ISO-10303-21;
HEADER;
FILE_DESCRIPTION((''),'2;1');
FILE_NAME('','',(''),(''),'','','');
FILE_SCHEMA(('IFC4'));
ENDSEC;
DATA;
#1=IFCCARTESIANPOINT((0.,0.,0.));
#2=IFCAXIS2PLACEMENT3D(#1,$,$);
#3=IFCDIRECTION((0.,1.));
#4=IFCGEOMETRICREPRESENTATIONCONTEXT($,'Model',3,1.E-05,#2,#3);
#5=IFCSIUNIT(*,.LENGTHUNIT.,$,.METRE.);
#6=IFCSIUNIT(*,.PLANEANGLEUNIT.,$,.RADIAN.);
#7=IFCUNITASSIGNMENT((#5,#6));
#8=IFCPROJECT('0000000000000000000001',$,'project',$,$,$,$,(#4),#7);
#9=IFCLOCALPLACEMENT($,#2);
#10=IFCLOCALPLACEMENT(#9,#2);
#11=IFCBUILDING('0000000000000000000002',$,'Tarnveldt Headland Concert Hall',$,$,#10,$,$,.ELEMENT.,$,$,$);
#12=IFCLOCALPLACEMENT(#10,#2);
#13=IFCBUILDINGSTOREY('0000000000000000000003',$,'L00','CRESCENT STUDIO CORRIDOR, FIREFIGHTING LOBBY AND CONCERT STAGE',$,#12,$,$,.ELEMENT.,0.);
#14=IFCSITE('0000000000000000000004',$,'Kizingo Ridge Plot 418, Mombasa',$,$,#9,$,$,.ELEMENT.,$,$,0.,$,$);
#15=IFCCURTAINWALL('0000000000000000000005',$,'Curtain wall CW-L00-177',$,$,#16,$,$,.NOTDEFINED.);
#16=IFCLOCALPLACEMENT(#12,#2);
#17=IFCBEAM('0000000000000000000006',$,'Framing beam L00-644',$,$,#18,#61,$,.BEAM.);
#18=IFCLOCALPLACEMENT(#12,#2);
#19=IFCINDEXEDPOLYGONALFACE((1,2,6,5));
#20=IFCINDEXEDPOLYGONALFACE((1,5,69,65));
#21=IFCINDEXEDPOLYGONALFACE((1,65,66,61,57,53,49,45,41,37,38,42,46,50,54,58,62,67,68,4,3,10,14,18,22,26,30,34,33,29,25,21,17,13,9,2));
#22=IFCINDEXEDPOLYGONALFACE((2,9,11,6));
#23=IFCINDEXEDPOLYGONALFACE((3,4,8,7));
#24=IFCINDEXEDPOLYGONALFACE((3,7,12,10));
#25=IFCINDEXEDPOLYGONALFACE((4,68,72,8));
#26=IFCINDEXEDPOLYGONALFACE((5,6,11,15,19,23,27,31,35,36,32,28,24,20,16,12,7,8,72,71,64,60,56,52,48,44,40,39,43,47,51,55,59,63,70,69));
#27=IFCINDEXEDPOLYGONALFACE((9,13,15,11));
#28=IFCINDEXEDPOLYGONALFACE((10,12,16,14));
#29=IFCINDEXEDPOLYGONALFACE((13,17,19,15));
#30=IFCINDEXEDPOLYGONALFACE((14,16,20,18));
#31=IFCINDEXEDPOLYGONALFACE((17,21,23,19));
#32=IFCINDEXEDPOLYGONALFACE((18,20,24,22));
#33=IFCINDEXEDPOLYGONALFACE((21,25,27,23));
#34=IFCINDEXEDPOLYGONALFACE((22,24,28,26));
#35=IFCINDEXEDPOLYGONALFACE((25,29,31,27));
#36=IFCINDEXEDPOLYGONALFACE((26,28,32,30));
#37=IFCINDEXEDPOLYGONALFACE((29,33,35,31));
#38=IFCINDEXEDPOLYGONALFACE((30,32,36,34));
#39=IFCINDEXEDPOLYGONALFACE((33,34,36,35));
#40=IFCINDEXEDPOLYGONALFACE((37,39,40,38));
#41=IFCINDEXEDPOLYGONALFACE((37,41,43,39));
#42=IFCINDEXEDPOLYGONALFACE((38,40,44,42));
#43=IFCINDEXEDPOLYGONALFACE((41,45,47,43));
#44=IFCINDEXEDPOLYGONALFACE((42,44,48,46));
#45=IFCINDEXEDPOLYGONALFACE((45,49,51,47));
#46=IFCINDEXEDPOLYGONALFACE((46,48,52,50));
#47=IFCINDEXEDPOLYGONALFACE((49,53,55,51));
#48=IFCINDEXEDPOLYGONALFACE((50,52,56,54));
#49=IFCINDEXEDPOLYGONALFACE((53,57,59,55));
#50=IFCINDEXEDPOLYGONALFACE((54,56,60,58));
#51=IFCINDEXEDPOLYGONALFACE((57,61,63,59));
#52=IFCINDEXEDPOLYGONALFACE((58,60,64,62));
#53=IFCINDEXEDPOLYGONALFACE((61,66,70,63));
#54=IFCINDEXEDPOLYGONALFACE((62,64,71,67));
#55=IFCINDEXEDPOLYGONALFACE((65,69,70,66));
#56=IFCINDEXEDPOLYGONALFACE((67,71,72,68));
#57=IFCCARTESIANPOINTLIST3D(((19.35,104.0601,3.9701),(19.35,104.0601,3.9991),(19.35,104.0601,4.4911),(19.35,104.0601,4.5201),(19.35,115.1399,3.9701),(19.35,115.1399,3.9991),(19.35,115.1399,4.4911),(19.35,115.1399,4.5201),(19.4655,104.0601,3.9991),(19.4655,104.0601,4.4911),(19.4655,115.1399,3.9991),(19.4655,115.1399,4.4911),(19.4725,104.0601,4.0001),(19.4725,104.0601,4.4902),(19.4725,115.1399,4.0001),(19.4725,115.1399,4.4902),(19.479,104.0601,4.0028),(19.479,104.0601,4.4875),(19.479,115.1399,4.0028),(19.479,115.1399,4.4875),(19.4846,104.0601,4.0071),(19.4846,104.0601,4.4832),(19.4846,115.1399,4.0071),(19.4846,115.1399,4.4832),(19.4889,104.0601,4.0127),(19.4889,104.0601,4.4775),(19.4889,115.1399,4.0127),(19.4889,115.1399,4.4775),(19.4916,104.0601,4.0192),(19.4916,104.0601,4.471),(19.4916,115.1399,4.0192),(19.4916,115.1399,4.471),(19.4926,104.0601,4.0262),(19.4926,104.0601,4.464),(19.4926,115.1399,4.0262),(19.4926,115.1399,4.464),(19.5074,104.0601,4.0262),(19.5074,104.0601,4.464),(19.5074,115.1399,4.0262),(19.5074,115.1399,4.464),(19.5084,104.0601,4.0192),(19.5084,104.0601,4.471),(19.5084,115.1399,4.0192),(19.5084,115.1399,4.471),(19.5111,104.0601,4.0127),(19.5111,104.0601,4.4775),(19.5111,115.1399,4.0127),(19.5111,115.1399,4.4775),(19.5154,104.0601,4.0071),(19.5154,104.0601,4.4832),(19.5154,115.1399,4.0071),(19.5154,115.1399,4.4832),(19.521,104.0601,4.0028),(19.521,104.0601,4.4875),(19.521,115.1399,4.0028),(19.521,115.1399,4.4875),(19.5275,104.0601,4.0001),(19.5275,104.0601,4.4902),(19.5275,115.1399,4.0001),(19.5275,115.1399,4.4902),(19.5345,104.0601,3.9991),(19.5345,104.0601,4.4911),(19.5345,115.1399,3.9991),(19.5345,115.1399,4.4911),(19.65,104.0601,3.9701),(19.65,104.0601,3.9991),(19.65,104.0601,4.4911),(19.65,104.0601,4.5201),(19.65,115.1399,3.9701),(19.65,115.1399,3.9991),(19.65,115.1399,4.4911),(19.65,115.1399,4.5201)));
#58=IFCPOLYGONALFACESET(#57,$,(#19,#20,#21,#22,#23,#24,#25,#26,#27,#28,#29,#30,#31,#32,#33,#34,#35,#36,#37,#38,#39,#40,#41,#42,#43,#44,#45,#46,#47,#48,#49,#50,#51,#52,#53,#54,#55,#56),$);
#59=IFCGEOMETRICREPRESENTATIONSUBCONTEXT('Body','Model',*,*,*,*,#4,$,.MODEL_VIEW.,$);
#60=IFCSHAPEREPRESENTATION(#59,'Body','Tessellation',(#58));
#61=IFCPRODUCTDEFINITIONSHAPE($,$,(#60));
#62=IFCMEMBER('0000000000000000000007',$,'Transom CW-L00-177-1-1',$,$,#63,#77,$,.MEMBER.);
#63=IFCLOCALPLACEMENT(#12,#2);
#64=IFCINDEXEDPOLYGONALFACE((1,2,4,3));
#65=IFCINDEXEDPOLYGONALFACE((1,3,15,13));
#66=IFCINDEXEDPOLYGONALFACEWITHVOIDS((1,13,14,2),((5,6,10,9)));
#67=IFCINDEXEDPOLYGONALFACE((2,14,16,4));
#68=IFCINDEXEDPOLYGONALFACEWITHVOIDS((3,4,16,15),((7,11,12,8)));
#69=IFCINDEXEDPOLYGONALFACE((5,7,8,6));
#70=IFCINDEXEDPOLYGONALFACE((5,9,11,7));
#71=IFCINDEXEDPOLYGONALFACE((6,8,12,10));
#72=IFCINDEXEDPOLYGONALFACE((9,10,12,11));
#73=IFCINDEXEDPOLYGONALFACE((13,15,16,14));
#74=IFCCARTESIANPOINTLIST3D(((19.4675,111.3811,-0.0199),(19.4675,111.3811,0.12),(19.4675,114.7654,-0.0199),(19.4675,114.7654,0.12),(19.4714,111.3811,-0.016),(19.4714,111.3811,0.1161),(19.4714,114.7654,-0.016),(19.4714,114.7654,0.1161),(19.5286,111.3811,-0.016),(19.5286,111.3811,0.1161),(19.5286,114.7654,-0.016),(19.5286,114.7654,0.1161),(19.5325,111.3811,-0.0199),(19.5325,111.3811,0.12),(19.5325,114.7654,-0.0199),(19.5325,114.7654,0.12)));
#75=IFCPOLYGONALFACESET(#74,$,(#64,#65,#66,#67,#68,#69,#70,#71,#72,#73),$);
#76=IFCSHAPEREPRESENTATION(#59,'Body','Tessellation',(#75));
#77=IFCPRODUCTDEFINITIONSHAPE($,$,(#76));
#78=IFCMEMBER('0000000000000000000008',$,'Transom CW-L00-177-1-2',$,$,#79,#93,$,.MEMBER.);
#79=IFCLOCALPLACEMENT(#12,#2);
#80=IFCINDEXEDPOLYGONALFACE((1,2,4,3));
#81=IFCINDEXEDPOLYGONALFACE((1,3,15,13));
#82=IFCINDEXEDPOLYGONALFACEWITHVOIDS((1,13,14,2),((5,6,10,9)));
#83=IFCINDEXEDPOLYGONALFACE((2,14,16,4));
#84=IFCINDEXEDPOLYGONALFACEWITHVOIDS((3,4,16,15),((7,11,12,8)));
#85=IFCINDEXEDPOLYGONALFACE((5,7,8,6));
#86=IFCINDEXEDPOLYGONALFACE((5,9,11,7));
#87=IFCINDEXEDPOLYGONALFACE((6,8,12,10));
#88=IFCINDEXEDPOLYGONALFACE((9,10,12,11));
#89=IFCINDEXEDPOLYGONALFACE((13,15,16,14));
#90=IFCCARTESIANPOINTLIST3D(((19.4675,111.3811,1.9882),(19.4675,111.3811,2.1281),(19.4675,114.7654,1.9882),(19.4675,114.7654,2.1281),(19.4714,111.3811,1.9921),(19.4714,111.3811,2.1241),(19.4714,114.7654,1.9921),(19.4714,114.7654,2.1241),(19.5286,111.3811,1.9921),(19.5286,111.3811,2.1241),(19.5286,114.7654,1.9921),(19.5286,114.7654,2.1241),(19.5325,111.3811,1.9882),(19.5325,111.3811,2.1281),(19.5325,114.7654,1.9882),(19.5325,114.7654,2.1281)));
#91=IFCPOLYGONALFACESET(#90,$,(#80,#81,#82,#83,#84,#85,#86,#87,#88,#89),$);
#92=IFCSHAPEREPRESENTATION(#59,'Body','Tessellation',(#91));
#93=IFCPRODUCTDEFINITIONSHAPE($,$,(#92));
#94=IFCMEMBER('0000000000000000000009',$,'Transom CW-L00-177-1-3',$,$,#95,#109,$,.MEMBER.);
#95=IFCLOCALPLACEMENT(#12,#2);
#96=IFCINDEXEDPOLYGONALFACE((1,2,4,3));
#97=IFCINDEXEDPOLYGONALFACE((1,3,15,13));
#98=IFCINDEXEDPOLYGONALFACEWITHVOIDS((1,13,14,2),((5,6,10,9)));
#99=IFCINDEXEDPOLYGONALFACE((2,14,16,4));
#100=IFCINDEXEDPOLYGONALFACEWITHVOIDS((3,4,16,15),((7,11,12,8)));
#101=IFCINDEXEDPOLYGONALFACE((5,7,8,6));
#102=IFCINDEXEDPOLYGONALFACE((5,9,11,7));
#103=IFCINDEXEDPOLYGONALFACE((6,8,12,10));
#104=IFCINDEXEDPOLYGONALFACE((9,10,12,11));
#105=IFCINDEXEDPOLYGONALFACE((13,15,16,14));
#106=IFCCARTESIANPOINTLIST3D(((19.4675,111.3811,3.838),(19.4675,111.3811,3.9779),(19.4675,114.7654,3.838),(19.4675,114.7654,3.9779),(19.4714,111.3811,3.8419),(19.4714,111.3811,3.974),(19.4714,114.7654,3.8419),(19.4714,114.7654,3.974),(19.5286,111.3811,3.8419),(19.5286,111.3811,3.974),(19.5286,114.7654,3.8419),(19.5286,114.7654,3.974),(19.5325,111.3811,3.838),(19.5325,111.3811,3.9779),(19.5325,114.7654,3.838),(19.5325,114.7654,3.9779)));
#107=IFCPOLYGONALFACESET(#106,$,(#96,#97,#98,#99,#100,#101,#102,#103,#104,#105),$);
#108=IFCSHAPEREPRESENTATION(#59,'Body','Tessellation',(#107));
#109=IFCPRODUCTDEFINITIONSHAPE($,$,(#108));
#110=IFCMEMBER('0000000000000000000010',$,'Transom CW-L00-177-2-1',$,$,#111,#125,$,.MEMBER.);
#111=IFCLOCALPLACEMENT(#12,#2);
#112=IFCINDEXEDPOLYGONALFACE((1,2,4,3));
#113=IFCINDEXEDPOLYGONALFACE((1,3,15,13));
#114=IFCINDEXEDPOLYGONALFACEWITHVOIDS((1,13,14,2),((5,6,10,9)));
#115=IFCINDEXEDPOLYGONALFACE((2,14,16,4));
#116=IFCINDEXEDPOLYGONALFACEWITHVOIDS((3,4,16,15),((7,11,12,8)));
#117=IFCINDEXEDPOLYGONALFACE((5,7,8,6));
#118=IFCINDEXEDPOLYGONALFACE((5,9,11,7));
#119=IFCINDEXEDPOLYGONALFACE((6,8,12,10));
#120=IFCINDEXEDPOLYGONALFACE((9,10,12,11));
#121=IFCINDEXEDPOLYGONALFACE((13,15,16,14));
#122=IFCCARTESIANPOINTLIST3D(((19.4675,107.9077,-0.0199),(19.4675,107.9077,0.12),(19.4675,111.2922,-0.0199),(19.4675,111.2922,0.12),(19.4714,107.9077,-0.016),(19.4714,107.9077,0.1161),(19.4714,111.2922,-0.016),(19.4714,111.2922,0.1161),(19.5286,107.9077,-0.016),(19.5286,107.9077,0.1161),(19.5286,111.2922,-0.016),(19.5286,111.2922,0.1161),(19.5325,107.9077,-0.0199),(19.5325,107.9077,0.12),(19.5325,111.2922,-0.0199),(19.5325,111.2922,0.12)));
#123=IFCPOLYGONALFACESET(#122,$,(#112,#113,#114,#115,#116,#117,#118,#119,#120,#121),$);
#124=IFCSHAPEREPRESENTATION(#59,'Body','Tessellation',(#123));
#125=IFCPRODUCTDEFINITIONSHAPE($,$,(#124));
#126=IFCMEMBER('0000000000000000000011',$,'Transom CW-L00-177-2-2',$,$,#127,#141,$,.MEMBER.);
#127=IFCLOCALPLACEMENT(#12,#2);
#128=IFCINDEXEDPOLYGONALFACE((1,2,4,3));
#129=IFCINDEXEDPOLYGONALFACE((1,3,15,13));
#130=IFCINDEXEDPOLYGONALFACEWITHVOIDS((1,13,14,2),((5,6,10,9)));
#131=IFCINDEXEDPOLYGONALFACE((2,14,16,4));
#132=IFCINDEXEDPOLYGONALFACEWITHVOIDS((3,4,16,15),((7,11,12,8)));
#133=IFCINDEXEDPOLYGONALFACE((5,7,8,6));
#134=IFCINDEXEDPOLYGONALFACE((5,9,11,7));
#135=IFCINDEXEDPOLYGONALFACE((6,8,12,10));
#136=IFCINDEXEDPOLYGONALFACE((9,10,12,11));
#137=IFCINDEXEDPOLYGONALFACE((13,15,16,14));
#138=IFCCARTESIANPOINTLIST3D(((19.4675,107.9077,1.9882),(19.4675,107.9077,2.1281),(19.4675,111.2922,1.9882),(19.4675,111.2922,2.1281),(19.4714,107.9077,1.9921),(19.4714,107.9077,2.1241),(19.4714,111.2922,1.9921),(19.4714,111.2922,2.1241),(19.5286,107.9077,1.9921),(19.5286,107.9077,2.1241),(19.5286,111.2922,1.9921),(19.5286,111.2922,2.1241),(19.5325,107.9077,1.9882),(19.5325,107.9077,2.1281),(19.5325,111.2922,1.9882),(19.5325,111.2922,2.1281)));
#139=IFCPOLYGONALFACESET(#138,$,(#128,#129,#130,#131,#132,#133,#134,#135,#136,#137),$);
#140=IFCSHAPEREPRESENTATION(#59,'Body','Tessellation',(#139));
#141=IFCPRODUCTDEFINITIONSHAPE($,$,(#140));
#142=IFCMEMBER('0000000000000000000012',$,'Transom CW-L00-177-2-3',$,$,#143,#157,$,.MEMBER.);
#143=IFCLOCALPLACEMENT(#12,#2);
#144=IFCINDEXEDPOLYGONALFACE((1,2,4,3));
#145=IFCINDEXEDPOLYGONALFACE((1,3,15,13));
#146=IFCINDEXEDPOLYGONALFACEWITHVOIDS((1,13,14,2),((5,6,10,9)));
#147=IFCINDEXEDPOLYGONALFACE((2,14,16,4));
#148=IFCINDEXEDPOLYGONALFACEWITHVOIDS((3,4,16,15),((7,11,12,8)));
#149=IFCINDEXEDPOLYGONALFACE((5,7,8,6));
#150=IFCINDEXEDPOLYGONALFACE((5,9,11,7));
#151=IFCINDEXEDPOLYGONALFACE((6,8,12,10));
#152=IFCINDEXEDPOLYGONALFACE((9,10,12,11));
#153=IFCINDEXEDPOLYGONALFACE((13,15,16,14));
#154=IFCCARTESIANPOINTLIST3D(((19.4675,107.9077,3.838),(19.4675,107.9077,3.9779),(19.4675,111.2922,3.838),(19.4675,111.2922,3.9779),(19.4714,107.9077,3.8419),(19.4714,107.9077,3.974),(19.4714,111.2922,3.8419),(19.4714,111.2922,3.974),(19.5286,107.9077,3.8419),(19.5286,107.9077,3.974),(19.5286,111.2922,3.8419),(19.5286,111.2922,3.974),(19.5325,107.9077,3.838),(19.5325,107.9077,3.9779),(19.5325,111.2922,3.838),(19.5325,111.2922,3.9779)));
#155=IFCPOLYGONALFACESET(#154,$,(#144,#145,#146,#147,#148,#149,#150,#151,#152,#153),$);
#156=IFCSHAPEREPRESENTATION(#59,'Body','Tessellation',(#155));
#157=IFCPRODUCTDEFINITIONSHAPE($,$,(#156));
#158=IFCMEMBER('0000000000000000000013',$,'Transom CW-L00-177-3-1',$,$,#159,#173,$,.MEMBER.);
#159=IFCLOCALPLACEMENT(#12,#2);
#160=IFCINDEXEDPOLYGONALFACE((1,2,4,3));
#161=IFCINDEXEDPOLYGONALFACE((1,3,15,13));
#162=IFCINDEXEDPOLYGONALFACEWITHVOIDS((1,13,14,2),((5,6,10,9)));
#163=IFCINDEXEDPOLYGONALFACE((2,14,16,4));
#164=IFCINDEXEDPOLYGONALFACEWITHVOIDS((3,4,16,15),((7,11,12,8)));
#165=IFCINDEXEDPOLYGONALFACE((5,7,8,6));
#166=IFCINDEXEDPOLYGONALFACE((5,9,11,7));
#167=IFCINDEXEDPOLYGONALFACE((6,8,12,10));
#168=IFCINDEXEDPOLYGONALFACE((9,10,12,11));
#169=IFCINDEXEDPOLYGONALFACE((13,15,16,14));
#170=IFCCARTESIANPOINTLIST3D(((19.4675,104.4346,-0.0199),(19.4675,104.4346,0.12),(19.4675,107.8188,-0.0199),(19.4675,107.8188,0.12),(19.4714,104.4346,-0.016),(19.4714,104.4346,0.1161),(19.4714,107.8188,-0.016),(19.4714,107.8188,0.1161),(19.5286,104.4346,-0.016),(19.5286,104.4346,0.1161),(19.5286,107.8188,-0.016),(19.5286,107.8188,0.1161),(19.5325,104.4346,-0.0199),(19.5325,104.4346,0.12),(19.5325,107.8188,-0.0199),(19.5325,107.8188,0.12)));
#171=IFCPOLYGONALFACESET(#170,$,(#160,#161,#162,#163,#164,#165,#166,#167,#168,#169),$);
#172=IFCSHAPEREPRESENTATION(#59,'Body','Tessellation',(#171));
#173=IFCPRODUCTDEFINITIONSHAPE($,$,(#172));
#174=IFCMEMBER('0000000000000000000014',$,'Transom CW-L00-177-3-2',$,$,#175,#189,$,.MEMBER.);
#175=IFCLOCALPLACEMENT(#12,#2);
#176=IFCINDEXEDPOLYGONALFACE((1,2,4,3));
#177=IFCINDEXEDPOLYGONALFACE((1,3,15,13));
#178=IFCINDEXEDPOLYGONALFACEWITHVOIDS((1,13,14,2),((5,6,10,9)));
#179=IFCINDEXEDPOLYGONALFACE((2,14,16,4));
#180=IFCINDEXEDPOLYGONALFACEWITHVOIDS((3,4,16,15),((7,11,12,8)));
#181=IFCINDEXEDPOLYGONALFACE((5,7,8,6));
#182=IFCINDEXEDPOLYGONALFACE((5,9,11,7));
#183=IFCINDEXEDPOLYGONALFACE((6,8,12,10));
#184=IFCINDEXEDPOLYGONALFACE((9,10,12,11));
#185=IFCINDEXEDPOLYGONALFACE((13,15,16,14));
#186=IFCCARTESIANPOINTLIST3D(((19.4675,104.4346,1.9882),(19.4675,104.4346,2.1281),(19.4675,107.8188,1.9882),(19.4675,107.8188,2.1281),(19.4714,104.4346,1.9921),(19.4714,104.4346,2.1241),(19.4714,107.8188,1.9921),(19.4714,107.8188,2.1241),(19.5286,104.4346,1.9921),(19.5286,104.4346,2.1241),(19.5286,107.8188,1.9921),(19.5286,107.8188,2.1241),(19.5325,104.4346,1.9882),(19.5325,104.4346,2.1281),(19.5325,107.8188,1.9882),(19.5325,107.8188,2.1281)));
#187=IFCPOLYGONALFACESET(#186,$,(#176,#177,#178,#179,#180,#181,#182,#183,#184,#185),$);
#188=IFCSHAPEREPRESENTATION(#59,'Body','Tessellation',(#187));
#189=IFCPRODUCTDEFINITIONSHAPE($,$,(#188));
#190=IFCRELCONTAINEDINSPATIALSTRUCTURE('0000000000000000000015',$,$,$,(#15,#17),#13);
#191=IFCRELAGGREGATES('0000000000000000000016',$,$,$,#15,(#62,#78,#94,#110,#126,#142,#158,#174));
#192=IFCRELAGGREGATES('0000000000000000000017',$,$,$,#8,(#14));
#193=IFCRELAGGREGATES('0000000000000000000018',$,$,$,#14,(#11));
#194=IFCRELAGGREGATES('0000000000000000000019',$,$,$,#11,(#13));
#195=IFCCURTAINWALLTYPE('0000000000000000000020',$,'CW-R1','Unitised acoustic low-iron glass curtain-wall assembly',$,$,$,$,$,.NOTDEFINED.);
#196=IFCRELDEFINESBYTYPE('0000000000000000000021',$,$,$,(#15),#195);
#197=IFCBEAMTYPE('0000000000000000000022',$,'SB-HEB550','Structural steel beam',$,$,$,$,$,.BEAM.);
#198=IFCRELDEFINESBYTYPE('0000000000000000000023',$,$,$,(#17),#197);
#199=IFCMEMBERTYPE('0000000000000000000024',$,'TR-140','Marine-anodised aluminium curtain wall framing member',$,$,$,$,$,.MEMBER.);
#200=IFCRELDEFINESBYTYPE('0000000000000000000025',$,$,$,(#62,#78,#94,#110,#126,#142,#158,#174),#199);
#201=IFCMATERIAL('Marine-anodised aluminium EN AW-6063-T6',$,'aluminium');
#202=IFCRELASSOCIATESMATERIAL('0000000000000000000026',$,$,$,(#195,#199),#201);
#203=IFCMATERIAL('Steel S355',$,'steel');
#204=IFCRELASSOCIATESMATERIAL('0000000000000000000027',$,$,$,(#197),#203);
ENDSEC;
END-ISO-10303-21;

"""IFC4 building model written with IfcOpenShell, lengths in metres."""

from ifc_helpers import new_model, si_unit, direction, frame, origin, origin_2d, place, context, subcontext, project, spatial, hollow_rectangle, i_section, extrude, material, material_profile, profile_set, type_object, element, aggregate, save


model = new_model("IFC4")

# Units and contexts
model_context = context("Model", 3, precision=1e-05, world=origin(), true_north=direction((0.0, 1.0)))
body_context = subcontext(model_context, "Body", "Model", "MODEL_VIEW")
ifc_project = project(units=[si_unit("LENGTHUNIT", "METRE"), si_unit("PLANEANGLEUNIT", "RADIAN")], contexts=[model_context])

# Site, building, storey
site_placement = place(None, origin())
site = spatial("IfcSite", under=ifc_project, at=site_placement, Name="Kizingo Ridge Plot 418, Mombasa", CompositionType="ELEMENT", RefElevation=0.0)
building_placement = place(site_placement, origin())
building = spatial("IfcBuilding", under=site, at=building_placement, Name="Tarnveldt Headland Concert Hall", CompositionType="ELEMENT")
storey_placement = place(building_placement, origin())
storey = spatial("IfcBuildingStorey", under=building, at=storey_placement, Name="L00", Description="CRESCENT STUDIO CORRIDOR, FIREFIGHTING LOBBY AND CONCERT STAGE", CompositionType="ELEMENT", Elevation=0.0)

# Curtain wall
ifc_material_1 = material(Name="Marine-anodised aluminium EN AW-6063-T6", Category="aluminium")
curtain_wall_type = type_object("IfcCurtainWallType", Name="CW-R1", Description="Unitised acoustic low-iron glass curtain-wall assembly", PredefinedType="NOTDEFINED", material=ifc_material_1)
curtain_wall_1_placement = place(storey_placement, origin())
curtain_wall_1 = element("IfcCurtainWall", 1, at=curtain_wall_1_placement, inside=storey, type_object=curtain_wall_type, Name="Curtain wall CW-L00-177", PredefinedType="NOTDEFINED")

# Beam
ifc_material_2 = material(Name="Steel S355", Category="steel")
ifc_material_profile_1 = material_profile(ifc_material_2, i_section(OverallWidth=0.3, OverallDepth=0.55, WebThickness=0.0149, FlangeThickness=0.0291, FilletRadius=0.0271, at=origin_2d()), Name="HEB550", Category="steel")
ifc_profile_set_1 = profile_set([ifc_material_profile_1], Name="Steel S355")
beam_type = type_object("IfcBeamType", Name="SB-HEB550", Description="Structural steel beam", PredefinedType="BEAM", material=ifc_profile_set_1)
beam_1_placement = place(storey_placement, frame((19.5, 104.0601, 4.2451), z_axis=(0.0, 1.0, 0.0), x_axis=(-1.0, 0.0, 0.0)))
element("IfcBeam", 2, at=beam_1_placement, inside=storey, type_object=beam_type, Name="Framing beam L00-644", PredefinedType="BEAM", context=body_context, shape_type="SweptSolid", body=[
    extrude(i_section(OverallWidth=0.3, OverallDepth=0.55, WebThickness=0.0149, FlangeThickness=0.0291, FilletRadius=0.0271, at=origin_2d()), origin(), (0.0, 0.0, 1.0), 11.0798),
])

# Members
ifc_material_profile_2 = material_profile(ifc_material_1, hollow_rectangle(XDim=0.0649, YDim=0.1399, WallThickness=0.0039, at=origin_2d()), Name="ALU TRANSOM 65x140x4", Category="aluminium")
ifc_profile_set_2 = profile_set([ifc_material_profile_2], Name="Marine-anodised aluminium EN AW-6063-T6")
member_type_1 = type_object("IfcMemberType", Name="TR-140", Description="Marine-anodised aluminium curtain wall framing member", PredefinedType="MEMBER", material=ifc_profile_set_2)
member_1_placement = place(storey_placement, frame((19.5, 114.7654, 0.05), z_axis=(0.0, -1.0, 0.0), x_axis=(1.0, 0.0, 0.0)))
member_1 = element("IfcMember", 3, at=member_1_placement, type_object=member_type_1, Name="Transom CW-L00-177-1-1", PredefinedType="MEMBER", context=body_context, shape_type="SweptSolid", body=[
    extrude(hollow_rectangle(XDim=0.0649, YDim=0.1399, WallThickness=0.0039, at=origin_2d()), origin(), (0.0, 0.0, 1.0), 3.3843),
])
member_2_placement = place(storey_placement, frame((19.5, 114.7654, 2.0581), z_axis=(0.0, -1.0, 0.0), x_axis=(1.0, 0.0, 0.0)))
member_2 = element("IfcMember", 4, at=member_2_placement, type_object=member_type_1, Name="Transom CW-L00-177-1-2", PredefinedType="MEMBER", context=body_context, shape_type="SweptSolid", body=[
    extrude(hollow_rectangle(XDim=0.0649, YDim=0.1399, WallThickness=0.0039, at=origin_2d()), origin(), (0.0, 0.0, 1.0), 3.3843),
])
member_3_placement = place(storey_placement, frame((19.5, 114.7654, 3.908), z_axis=(0.0, -1.0, 0.0), x_axis=(1.0, 0.0, 0.0)))
member_3 = element("IfcMember", 5, at=member_3_placement, type_object=member_type_1, Name="Transom CW-L00-177-1-3", PredefinedType="MEMBER", context=body_context, shape_type="SweptSolid", body=[
    extrude(hollow_rectangle(XDim=0.0649, YDim=0.1399, WallThickness=0.0039, at=origin_2d()), origin(), (0.0, 0.0, 1.0), 3.3843),
])
member_4_placement = place(storey_placement, frame((19.5, 111.2922, 0.05), z_axis=(0.0, -1.0, 0.0), x_axis=(1.0, 0.0, 0.0)))
member_4 = element("IfcMember", 6, at=member_4_placement, type_object=member_type_1, Name="Transom CW-L00-177-2-1", PredefinedType="MEMBER", context=body_context, shape_type="SweptSolid", body=[
    extrude(hollow_rectangle(XDim=0.0649, YDim=0.1399, WallThickness=0.0039, at=origin_2d()), origin(), (0.0, 0.0, 1.0), 3.3845),
])
member_5_placement = place(storey_placement, frame((19.5, 111.2922, 2.0581), z_axis=(0.0, -1.0, 0.0), x_axis=(1.0, 0.0, 0.0)))
member_5 = element("IfcMember", 7, at=member_5_placement, type_object=member_type_1, Name="Transom CW-L00-177-2-2", PredefinedType="MEMBER", context=body_context, shape_type="SweptSolid", body=[
    extrude(hollow_rectangle(XDim=0.0649, YDim=0.1399, WallThickness=0.0039, at=origin_2d()), origin(), (0.0, 0.0, 1.0), 3.3845),
])
member_6_placement = place(storey_placement, frame((19.5, 111.2922, 3.908), z_axis=(0.0, -1.0, 0.0), x_axis=(1.0, 0.0, 0.0)))
member_6 = element("IfcMember", 8, at=member_6_placement, type_object=member_type_1, Name="Transom CW-L00-177-2-3", PredefinedType="MEMBER", context=body_context, shape_type="SweptSolid", body=[
    extrude(hollow_rectangle(XDim=0.0649, YDim=0.1399, WallThickness=0.0039, at=origin_2d()), origin(), (0.0, 0.0, 1.0), 3.3845),
])
member_7_placement = place(storey_placement, frame((19.5, 107.8188, 0.05), z_axis=(0.0, -1.0, 0.0), x_axis=(1.0, 0.0, 0.0)))
member_7 = element("IfcMember", 9, at=member_7_placement, type_object=member_type_1, Name="Transom CW-L00-177-3-1", PredefinedType="MEMBER", context=body_context, shape_type="SweptSolid", body=[
    extrude(hollow_rectangle(XDim=0.0649, YDim=0.1399, WallThickness=0.0039, at=origin_2d()), origin(), (0.0, 0.0, 1.0), 3.3843),
])
member_8_placement = place(storey_placement, frame((19.5, 107.8188, 2.0581), z_axis=(0.0, -1.0, 0.0), x_axis=(1.0, 0.0, 0.0)))
member_8 = element("IfcMember", 10, at=member_8_placement, type_object=member_type_1, Name="Transom CW-L00-177-3-2", PredefinedType="MEMBER", context=body_context, shape_type="SweptSolid", body=[
    extrude(hollow_rectangle(XDim=0.0649, YDim=0.1399, WallThickness=0.0039, at=origin_2d()), origin(), (0.0, 0.0, 1.0), 3.3843),
])

aggregate(curtain_wall_1, [member_1, member_2, member_3, member_4, member_5, member_6, member_7, member_8])

save(model, "model.ifc")
